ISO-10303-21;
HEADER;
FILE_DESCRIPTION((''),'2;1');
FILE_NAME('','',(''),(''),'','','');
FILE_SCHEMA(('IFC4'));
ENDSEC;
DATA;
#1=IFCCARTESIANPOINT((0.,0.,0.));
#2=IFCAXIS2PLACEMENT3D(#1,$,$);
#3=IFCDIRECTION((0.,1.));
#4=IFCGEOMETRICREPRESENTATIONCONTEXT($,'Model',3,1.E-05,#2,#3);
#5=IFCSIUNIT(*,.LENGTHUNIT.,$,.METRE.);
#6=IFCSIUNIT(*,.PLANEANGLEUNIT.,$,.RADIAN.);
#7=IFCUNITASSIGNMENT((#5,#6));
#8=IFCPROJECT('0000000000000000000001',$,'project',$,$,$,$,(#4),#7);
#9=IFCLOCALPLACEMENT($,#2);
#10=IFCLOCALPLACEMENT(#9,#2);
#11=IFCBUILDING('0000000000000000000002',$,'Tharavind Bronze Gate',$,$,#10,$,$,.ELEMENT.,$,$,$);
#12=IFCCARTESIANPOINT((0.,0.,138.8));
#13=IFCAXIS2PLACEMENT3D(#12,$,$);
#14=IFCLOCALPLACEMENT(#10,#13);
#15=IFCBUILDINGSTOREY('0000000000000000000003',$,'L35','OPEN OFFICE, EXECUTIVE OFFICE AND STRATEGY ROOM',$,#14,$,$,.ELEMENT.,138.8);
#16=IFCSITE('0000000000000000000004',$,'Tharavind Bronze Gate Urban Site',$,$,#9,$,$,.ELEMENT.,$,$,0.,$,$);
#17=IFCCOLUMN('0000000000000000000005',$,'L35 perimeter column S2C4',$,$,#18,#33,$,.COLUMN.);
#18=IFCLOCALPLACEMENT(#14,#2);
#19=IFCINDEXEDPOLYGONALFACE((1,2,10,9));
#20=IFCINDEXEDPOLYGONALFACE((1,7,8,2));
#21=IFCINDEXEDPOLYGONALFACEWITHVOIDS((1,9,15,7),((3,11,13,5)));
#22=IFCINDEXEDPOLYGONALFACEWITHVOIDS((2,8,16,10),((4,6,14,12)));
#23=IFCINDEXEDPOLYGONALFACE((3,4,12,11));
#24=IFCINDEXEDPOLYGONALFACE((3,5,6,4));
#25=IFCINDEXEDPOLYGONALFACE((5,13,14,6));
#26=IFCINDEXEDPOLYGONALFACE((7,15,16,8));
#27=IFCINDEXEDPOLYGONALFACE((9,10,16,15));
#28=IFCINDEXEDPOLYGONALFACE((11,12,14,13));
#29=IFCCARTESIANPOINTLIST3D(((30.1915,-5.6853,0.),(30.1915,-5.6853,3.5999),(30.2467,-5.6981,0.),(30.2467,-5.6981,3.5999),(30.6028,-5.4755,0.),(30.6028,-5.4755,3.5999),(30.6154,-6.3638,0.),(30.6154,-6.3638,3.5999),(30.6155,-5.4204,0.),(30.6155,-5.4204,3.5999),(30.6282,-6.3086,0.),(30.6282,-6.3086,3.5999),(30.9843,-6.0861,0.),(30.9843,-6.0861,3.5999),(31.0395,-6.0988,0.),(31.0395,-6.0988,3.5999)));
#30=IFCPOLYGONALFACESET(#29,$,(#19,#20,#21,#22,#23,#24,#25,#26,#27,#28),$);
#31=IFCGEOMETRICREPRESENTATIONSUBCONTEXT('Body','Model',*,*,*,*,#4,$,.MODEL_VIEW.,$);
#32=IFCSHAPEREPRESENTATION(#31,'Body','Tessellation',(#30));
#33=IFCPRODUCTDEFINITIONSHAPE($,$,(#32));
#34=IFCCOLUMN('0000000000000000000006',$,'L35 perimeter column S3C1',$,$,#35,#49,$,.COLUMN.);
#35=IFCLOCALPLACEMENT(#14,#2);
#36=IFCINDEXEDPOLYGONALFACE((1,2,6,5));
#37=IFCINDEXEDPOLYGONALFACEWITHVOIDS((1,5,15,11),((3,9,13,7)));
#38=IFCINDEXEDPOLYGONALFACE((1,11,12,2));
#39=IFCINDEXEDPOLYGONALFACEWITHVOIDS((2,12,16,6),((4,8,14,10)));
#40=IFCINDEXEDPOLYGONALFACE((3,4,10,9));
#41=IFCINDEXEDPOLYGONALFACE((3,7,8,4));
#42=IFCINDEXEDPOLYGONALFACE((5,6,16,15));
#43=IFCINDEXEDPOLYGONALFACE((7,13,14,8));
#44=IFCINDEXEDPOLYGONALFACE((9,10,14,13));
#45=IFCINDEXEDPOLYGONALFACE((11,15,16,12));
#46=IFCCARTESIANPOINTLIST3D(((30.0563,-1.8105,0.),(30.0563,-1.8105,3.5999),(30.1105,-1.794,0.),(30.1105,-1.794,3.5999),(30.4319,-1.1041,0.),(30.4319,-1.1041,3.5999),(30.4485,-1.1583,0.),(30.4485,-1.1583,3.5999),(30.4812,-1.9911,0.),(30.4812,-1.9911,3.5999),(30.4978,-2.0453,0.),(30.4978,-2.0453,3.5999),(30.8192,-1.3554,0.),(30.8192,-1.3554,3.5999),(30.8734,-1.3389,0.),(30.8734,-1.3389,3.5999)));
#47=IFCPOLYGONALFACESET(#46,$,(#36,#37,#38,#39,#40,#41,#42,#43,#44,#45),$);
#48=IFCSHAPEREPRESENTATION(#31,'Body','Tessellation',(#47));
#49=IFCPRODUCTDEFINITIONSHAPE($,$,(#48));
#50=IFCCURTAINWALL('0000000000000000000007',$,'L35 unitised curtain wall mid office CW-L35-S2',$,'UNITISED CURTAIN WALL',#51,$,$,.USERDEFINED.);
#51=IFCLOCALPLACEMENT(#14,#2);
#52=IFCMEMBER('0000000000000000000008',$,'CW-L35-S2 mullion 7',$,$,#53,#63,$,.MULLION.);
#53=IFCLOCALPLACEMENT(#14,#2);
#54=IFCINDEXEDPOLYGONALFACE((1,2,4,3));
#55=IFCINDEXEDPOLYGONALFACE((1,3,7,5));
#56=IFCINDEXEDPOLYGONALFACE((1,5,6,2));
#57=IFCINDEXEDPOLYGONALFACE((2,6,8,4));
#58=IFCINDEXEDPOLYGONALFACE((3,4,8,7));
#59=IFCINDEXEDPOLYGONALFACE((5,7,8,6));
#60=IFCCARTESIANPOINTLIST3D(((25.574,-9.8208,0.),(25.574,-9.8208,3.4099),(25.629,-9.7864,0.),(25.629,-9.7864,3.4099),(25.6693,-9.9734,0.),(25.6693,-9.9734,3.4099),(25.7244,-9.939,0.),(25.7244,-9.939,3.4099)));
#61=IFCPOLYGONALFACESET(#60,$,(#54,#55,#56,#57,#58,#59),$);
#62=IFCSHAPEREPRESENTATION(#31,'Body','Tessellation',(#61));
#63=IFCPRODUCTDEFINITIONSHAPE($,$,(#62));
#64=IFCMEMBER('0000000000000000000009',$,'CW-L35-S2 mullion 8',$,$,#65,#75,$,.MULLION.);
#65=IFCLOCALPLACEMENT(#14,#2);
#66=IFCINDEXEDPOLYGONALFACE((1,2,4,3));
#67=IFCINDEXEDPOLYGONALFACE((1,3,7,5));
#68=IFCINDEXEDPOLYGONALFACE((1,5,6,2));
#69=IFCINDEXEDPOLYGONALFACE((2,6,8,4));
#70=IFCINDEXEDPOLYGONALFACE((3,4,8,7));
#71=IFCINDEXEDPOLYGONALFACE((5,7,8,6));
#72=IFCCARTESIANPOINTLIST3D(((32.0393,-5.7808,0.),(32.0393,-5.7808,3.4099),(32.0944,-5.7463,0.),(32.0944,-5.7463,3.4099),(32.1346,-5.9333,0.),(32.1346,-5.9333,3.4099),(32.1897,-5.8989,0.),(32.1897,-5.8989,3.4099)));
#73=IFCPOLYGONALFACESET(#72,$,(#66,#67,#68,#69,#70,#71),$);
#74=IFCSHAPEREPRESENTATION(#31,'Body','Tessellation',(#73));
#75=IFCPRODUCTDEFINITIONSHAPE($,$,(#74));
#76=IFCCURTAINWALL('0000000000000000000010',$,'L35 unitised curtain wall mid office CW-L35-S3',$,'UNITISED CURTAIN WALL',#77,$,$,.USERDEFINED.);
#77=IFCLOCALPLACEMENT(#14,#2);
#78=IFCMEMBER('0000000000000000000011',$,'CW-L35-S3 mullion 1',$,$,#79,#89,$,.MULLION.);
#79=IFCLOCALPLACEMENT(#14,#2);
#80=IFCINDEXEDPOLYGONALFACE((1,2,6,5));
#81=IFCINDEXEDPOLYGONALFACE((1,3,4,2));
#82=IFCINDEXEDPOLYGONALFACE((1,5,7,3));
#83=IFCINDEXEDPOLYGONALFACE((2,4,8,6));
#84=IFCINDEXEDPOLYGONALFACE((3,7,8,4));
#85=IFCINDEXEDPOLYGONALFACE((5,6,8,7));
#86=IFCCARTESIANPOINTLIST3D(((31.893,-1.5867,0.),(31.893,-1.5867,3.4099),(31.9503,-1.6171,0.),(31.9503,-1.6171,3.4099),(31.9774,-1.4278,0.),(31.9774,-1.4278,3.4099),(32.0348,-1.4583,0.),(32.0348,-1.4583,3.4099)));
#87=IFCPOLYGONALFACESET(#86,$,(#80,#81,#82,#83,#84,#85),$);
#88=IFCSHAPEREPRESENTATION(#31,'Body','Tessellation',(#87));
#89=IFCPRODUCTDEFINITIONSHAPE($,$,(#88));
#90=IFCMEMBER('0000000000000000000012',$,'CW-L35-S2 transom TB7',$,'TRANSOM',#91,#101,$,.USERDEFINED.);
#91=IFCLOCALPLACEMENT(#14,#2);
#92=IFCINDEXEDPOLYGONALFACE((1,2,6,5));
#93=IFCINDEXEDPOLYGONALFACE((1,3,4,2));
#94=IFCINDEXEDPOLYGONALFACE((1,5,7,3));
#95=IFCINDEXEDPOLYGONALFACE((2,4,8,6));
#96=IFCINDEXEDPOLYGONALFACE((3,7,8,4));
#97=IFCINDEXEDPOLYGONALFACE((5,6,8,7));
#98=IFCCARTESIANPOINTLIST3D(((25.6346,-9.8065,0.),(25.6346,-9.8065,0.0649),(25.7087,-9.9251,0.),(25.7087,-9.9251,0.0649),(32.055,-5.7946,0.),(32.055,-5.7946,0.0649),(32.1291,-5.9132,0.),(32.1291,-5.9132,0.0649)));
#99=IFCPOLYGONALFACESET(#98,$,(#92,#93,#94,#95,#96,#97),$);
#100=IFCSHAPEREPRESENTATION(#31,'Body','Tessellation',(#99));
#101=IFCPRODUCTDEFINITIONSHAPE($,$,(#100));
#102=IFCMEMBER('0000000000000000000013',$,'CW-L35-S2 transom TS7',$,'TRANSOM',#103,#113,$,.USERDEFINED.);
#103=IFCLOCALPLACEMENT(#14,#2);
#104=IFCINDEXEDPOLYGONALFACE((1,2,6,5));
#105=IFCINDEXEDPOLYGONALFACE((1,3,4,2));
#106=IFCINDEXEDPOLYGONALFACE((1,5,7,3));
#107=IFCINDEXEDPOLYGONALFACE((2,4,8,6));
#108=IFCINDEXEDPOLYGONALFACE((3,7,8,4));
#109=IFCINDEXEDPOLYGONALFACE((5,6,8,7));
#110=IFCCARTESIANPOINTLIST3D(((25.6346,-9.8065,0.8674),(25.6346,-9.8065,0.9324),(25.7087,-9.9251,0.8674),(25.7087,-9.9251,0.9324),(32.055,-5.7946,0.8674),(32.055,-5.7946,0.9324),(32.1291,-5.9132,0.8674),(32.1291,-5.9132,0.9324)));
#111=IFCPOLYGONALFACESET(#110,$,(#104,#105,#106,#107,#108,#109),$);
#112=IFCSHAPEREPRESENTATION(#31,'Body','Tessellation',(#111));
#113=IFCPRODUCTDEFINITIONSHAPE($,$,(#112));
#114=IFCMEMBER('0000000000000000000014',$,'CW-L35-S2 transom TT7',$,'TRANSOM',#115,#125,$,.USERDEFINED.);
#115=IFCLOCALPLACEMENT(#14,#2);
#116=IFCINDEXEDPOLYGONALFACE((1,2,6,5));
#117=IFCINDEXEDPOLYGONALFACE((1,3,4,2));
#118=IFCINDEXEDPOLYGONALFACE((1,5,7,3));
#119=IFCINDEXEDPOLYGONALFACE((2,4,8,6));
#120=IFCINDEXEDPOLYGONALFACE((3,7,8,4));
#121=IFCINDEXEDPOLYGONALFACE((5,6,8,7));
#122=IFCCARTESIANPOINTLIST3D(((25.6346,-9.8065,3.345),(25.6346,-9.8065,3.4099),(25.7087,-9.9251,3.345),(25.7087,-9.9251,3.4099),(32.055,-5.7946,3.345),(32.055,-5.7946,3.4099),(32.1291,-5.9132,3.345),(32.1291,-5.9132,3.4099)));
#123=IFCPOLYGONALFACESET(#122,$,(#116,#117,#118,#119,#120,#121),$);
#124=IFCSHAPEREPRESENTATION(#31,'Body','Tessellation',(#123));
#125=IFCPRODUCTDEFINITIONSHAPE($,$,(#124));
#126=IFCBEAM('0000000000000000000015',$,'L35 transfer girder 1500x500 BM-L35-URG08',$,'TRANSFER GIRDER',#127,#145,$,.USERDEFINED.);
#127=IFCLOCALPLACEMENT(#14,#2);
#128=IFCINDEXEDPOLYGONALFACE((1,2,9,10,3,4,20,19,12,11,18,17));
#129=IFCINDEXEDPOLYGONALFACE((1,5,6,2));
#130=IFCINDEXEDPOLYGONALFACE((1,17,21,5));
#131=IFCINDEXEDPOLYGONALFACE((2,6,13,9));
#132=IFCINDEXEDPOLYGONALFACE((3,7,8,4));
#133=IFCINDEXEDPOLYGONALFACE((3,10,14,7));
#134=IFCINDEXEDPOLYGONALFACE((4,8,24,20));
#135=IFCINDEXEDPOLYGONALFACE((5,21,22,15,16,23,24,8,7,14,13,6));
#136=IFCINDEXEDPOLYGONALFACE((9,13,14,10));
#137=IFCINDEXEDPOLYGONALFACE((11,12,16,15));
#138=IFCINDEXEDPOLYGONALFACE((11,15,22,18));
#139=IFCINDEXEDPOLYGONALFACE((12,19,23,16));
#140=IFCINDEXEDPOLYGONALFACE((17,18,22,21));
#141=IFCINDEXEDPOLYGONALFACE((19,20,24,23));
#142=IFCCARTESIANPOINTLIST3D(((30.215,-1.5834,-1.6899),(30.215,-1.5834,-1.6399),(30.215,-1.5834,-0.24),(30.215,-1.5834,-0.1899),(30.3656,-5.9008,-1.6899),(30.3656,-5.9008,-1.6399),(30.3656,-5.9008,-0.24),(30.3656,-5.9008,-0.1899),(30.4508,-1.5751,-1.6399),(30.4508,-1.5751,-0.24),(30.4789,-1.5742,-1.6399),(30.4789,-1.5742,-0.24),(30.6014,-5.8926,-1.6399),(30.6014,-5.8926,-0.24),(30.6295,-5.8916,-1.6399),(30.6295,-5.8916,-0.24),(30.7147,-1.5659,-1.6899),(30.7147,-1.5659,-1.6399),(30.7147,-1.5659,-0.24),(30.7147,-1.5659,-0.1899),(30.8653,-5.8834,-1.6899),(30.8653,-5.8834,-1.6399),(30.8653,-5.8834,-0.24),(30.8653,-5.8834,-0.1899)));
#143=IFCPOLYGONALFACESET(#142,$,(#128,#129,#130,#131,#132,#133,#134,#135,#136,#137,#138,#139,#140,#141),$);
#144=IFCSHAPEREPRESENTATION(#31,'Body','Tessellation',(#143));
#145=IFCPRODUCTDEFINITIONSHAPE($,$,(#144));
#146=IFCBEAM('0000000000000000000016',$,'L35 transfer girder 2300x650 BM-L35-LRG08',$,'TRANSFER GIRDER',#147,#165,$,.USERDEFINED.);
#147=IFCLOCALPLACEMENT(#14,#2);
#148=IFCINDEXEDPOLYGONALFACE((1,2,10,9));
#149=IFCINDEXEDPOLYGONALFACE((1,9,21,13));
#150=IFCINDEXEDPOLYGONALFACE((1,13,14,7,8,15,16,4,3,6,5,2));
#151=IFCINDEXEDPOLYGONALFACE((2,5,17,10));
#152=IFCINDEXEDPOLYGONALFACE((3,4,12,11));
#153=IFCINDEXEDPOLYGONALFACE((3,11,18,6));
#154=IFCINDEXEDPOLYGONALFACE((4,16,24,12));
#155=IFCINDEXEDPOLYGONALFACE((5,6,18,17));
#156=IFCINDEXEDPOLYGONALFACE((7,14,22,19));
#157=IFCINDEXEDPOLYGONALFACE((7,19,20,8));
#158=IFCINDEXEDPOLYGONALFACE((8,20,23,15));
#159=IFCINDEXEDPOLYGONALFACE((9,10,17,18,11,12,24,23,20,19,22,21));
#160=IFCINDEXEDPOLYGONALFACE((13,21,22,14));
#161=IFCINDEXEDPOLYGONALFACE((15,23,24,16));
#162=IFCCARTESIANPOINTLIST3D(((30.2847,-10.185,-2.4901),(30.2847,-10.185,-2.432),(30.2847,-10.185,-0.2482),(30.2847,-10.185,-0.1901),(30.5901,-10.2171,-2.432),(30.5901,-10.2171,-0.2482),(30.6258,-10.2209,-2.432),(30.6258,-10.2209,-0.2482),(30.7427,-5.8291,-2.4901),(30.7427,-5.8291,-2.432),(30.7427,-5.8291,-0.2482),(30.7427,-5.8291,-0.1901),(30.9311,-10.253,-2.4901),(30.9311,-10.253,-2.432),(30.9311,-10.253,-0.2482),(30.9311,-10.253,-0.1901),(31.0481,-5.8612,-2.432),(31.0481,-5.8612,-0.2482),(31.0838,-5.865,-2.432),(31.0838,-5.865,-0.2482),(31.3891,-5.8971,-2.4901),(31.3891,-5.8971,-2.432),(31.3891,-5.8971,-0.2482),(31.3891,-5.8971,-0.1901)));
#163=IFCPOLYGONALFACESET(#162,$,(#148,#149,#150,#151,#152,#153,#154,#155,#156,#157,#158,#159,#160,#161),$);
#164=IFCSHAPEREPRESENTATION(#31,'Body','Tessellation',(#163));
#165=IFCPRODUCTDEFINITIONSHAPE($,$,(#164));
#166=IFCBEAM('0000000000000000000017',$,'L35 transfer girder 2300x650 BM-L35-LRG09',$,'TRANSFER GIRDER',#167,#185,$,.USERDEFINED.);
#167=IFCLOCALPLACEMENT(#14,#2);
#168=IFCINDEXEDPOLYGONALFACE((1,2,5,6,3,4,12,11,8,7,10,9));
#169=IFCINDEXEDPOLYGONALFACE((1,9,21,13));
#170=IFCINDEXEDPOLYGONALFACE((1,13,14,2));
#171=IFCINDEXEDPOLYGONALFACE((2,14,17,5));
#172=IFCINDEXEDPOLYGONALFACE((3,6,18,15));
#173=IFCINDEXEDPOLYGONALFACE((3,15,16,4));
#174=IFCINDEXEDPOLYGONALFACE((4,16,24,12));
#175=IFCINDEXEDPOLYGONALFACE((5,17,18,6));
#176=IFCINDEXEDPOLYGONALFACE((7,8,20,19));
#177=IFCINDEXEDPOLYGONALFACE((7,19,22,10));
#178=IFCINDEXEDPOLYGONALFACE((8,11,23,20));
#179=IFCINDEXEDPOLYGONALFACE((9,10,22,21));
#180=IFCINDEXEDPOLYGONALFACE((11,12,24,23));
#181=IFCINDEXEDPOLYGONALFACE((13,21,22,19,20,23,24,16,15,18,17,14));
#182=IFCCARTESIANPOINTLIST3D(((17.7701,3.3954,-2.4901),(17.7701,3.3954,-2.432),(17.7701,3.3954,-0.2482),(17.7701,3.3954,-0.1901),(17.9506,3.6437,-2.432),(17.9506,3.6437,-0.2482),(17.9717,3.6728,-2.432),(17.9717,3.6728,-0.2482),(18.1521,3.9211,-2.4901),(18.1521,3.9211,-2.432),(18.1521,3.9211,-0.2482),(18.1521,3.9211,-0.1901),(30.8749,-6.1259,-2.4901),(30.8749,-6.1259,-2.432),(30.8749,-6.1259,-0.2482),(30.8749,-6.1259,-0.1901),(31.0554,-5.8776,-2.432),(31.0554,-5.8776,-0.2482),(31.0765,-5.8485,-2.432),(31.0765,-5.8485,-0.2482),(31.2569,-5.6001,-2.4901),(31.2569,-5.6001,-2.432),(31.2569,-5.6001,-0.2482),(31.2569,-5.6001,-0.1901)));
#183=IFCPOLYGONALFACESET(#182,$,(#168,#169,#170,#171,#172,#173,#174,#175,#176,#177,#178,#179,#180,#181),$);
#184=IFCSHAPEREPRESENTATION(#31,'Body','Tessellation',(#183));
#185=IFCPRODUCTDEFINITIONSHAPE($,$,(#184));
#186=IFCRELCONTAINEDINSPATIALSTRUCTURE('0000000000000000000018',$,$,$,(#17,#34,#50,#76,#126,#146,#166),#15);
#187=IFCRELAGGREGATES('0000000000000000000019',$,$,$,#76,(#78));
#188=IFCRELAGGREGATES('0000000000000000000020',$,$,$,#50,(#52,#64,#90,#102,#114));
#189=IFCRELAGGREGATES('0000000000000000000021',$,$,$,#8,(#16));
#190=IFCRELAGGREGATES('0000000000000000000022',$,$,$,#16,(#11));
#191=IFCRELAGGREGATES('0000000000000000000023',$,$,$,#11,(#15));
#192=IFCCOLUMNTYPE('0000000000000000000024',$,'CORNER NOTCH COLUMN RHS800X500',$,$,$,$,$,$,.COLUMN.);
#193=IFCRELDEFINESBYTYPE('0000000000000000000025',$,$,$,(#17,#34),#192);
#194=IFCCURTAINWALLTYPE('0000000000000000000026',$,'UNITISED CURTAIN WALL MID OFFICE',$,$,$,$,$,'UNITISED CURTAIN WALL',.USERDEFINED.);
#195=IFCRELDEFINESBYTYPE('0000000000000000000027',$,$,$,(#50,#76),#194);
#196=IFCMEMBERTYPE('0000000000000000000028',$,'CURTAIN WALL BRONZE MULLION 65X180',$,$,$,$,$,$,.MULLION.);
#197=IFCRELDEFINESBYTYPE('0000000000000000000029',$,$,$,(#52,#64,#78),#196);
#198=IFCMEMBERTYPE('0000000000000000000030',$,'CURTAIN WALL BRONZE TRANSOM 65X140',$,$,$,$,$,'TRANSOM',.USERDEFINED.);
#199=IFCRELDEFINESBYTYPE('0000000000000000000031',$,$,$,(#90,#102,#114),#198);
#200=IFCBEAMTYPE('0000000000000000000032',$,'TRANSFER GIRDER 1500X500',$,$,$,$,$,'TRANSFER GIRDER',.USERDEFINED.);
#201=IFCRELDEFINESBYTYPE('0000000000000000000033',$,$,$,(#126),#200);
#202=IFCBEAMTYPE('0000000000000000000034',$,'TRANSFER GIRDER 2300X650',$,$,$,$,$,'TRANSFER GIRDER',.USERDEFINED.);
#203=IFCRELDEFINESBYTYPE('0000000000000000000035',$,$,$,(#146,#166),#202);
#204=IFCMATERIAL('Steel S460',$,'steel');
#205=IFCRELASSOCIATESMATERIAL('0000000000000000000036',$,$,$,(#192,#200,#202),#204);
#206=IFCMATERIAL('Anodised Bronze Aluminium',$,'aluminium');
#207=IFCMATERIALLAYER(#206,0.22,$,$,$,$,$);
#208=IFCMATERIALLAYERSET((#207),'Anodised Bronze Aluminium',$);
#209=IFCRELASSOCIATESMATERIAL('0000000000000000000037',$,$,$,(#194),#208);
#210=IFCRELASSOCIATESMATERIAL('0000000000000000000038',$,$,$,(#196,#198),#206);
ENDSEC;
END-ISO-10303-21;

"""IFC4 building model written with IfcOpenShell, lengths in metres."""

from ifc_helpers import new_model, si_unit, direction, frame, origin, origin_2d, place, context, subcontext, project, spatial, rectangle, hollow_rectangle, i_section, extrude, material, layer, layer_set, material_profile, profile_set, type_object, element, aggregate, save


model = new_model("IFC4")

# Units and contexts
model_context = context("Model", 3, precision=1e-05, world=origin(), true_north=direction((0.0, 1.0)))
body_context = subcontext(model_context, "Body", "Model", "MODEL_VIEW")
ifc_project = project(units=[si_unit("LENGTHUNIT", "METRE"), si_unit("PLANEANGLEUNIT", "RADIAN")], contexts=[model_context])

# Site, building, storey
site_placement = place(None, origin())
site = spatial("IfcSite", under=ifc_project, at=site_placement, Name="Tharavind Bronze Gate Urban Site", CompositionType="ELEMENT", RefElevation=0.0)
building_placement = place(site_placement, origin())
building = spatial("IfcBuilding", under=site, at=building_placement, Name="Tharavind Bronze Gate", CompositionType="ELEMENT")
storey_placement = place(building_placement, frame((0.0, 0.0, 138.8)))
storey = spatial("IfcBuildingStorey", under=building, at=storey_placement, Name="L35", Description="OPEN OFFICE, EXECUTIVE OFFICE AND STRATEGY ROOM", CompositionType="ELEMENT", Elevation=138.8)

# Columns
ifc_material_1 = material(Name="Steel S460", Category="steel")
ifc_material_profile_1 = material_profile(ifc_material_1, hollow_rectangle(XDim=0.5, YDim=0.8, WallThickness=0.04, at=origin_2d()), Name="RHS800X500X40")
ifc_profile_set_1 = profile_set([ifc_material_profile_1], Name="Steel S460")
column_type = type_object("IfcColumnType", Name="CORNER NOTCH COLUMN RHS800X500", PredefinedType="COLUMN", material=ifc_profile_set_1)
for number, where, z_axis, x_axis, name in (
    (1, (30.6155, -5.8921, 0.0), (0.0, 0.0, 1.0), (0.848047, 0.529921, 0.0), "L35 perimeter column S2C4"),
    (2, (30.4648, -1.5747, 0.0), (0.0, 0.0, 1.0), (-0.882948, 0.46947, 0.0), "L35 perimeter column S3C1"),
):
    element("IfcColumn", number, at=place(storey_placement, frame(where, z_axis=z_axis, x_axis=x_axis)), inside=storey, type_object=column_type, Name=name, PredefinedType="COLUMN", context=body_context, shape_type="SweptSolid", body=[
        extrude(hollow_rectangle(XDim=0.5, YDim=0.8, WallThickness=0.04, at=origin_2d()), origin(), (0.0, 0.0, 1.0), 3.5999),
    ])

# Curtain wall, members
ifc_material_2 = material(Name="Anodised Bronze Aluminium", Category="aluminium")
ifc_layer_1 = layer(ifc_material_2, 0.22)
ifc_layer_set_1 = layer_set([ifc_layer_1], Name="Anodised Bronze Aluminium")
curtain_wall_type = type_object("IfcCurtainWallType", Name="UNITISED CURTAIN WALL MID OFFICE", ElementType="UNITISED CURTAIN WALL", PredefinedType="USERDEFINED", material=ifc_layer_set_1)
curtain_wall_1_placement = place(storey_placement, origin())
curtain_wall_1 = element("IfcCurtainWall", 3, at=curtain_wall_1_placement, inside=storey, type_object=curtain_wall_type, Name="L35 unitised curtain wall mid office CW-L35-S2", ObjectType="UNITISED CURTAIN WALL", PredefinedType="USERDEFINED")
member_type_1 = type_object("IfcMemberType", Name="CURTAIN WALL BRONZE MULLION 65X180", PredefinedType="MULLION", material=ifc_material_2)
member_1_placement = place(storey_placement, frame((25.6492, -9.8799, 0.0), z_axis=(0.0, 0.0, 1.0), x_axis=(0.848048, 0.529919, 0.0)))
member_1 = element("IfcMember", 4, at=member_1_placement, type_object=member_type_1, Name="CW-L35-S2 mullion 7", PredefinedType="MULLION", context=body_context, shape_type="SweptSolid", body=[
    extrude(rectangle(XDim=0.0649, YDim=0.1799, at=origin_2d()), origin(), (0.0, 0.0, 1.0), 3.4099),
])
member_2_placement = place(storey_placement, frame((32.1145, -5.8398, 0.0), z_axis=(0.0, 0.0, 1.0), x_axis=(0.848048, 0.529919, 0.0)))
member_2 = element("IfcMember", 5, at=member_2_placement, type_object=member_type_1, Name="CW-L35-S2 mullion 8", PredefinedType="MULLION", context=body_context, shape_type="SweptSolid", body=[
    extrude(rectangle(XDim=0.0649, YDim=0.1799, at=origin_2d()), origin(), (0.0, 0.0, 1.0), 3.4099),
])

# Curtain wall, member
curtain_wall_2_placement = place(storey_placement, origin())
curtain_wall_2 = element("IfcCurtainWall", 6, at=curtain_wall_2_placement, inside=storey, type_object=curtain_wall_type, Name="L35 unitised curtain wall mid office CW-L35-S3", ObjectType="UNITISED CURTAIN WALL", PredefinedType="USERDEFINED")
member_3_placement = place(storey_placement, frame((31.9639, -1.5225, 0.0), z_axis=(0.0, 0.0, 1.0), x_axis=(-0.882948, 0.469472, 0.0)))
member_3 = element("IfcMember", 7, at=member_3_placement, type_object=member_type_1, Name="CW-L35-S3 mullion 1", PredefinedType="MULLION", context=body_context, shape_type="SweptSolid", body=[
    extrude(rectangle(XDim=0.0649, YDim=0.1799, at=origin_2d()), origin(), (0.0, 0.0, 1.0), 3.4099),
])
aggregate(curtain_wall_2, [member_3])

# Members
member_type_2 = type_object("IfcMemberType", Name="CURTAIN WALL BRONZE TRANSOM 65X140", ElementType="TRANSOM", PredefinedType="USERDEFINED", material=ifc_material_2)
member_4_placement = place(storey_placement, frame((28.8818, -7.8599, 0.0), z_axis=(0.0, 0.0, 1.0), x_axis=(0.848048, 0.529919, 0.0)))
member_4 = element("IfcMember", 8, at=member_4_placement, type_object=member_type_2, Name="CW-L35-S2 transom TB7", ObjectType="TRANSOM", PredefinedType="USERDEFINED", context=body_context, shape_type="SweptSolid", body=[
    extrude(rectangle(XDim=7.5708, YDim=0.1399, at=origin_2d()), origin(), (0.0, 0.0, 1.0), 0.0649),
])
member_5_placement = place(storey_placement, frame((28.8818, -7.8599, 0.8674), z_axis=(0.0, 0.0, 1.0), x_axis=(0.848048, 0.529919, 0.0)))
member_5 = element("IfcMember", 9, at=member_5_placement, type_object=member_type_2, Name="CW-L35-S2 transom TS7", ObjectType="TRANSOM", PredefinedType="USERDEFINED", context=body_context, shape_type="SweptSolid", body=[
    extrude(rectangle(XDim=7.5708, YDim=0.1399, at=origin_2d()), origin(), (0.0, 0.0, 1.0), 0.0649),
])
member_6_placement = place(storey_placement, frame((28.8818, -7.8599, 3.345), z_axis=(0.0, 0.0, 1.0), x_axis=(0.848048, 0.529919, 0.0)))
member_6 = element("IfcMember", 10, at=member_6_placement, type_object=member_type_2, Name="CW-L35-S2 transom TT7", ObjectType="TRANSOM", PredefinedType="USERDEFINED", context=body_context, shape_type="SweptSolid", body=[
    extrude(rectangle(XDim=7.5708, YDim=0.1399, at=origin_2d()), origin(), (0.0, 0.0, 1.0), 0.0649),
])

# Beams
ifc_material_profile_2 = material_profile(ifc_material_1, i_section(OverallWidth=0.5, OverallDepth=1.5, WebThickness=0.0281, FlangeThickness=0.05, at=origin_2d()), Name="PG1500X500")
ifc_profile_set_2 = profile_set([ifc_material_profile_2], Name="Steel S460")
beam_type_1 = type_object("IfcBeamType", Name="TRANSFER GIRDER 1500X500", ElementType="TRANSFER GIRDER", PredefinedType="USERDEFINED", material=ifc_profile_set_2)
beam_1_placement = place(storey_placement, frame((30.6155, -5.8921, -0.9399), z_axis=(-0.034869, 0.999392, 0.0), x_axis=(-0.999392, -0.034869, 0.0)))
element("IfcBeam", 11, at=beam_1_placement, inside=storey, type_object=beam_type_1, Name="L35 transfer girder 1500x500 BM-L35-URG08", ObjectType="TRANSFER GIRDER", PredefinedType="USERDEFINED", context=body_context, shape_type="SweptSolid", body=[
    extrude(i_section(OverallWidth=0.5, OverallDepth=1.5, WebThickness=0.0281, FlangeThickness=0.05, at=origin_2d()), origin(), (0.0, 0.0, 1.0), 4.3201),
])
ifc_material_profile_3 = material_profile(ifc_material_1, i_section(OverallWidth=0.6499, OverallDepth=2.3, WebThickness=0.0359, FlangeThickness=0.0581, at=origin_2d()), Name="PG2300X650")
ifc_profile_set_3 = profile_set([ifc_material_profile_3], Name="Steel S460")
beam_type_2 = type_object("IfcBeamType", Name="TRANSFER GIRDER 2300X650", ElementType="TRANSFER GIRDER", PredefinedType="USERDEFINED", material=ifc_profile_set_3)
beam_2_placement = place(storey_placement, frame((30.6079, -10.219, -1.3401), z_axis=(0.104569, 0.994518, 0.0), x_axis=(-0.994518, 0.104569, 0.0)))
element("IfcBeam", 12, at=beam_2_placement, inside=storey, type_object=beam_type_2, Name="L35 transfer girder 2300x650 BM-L35-LRG08", ObjectType="TRANSFER GIRDER", PredefinedType="USERDEFINED", context=body_context, shape_type="SweptSolid", body=[
    extrude(i_section(OverallWidth=0.6499, OverallDepth=2.3, WebThickness=0.0359, FlangeThickness=0.0581, at=origin_2d()), origin(), (0.0, 0.0, 1.0), 4.3799),
])
beam_3_placement = place(storey_placement, frame((31.0659, -5.863, -1.3401), z_axis=(-0.809014, 0.587789, 0.0), x_axis=(-0.587789, -0.809014, 0.0)))
element("IfcBeam", 13, at=beam_3_placement, inside=storey, type_object=beam_type_2, Name="L35 transfer girder 2300x650 BM-L35-LRG09", ObjectType="TRANSFER GIRDER", PredefinedType="USERDEFINED", context=body_context, shape_type="SweptSolid", body=[
    extrude(i_section(OverallWidth=0.6499, OverallDepth=2.3, WebThickness=0.0359, FlangeThickness=0.0581, at=origin_2d()), origin(), (0.0, 0.0, 1.0), 16.1985),
])

aggregate(curtain_wall_1, [member_1, member_2, member_4, member_5, member_6])

save(model, "model.ifc")
